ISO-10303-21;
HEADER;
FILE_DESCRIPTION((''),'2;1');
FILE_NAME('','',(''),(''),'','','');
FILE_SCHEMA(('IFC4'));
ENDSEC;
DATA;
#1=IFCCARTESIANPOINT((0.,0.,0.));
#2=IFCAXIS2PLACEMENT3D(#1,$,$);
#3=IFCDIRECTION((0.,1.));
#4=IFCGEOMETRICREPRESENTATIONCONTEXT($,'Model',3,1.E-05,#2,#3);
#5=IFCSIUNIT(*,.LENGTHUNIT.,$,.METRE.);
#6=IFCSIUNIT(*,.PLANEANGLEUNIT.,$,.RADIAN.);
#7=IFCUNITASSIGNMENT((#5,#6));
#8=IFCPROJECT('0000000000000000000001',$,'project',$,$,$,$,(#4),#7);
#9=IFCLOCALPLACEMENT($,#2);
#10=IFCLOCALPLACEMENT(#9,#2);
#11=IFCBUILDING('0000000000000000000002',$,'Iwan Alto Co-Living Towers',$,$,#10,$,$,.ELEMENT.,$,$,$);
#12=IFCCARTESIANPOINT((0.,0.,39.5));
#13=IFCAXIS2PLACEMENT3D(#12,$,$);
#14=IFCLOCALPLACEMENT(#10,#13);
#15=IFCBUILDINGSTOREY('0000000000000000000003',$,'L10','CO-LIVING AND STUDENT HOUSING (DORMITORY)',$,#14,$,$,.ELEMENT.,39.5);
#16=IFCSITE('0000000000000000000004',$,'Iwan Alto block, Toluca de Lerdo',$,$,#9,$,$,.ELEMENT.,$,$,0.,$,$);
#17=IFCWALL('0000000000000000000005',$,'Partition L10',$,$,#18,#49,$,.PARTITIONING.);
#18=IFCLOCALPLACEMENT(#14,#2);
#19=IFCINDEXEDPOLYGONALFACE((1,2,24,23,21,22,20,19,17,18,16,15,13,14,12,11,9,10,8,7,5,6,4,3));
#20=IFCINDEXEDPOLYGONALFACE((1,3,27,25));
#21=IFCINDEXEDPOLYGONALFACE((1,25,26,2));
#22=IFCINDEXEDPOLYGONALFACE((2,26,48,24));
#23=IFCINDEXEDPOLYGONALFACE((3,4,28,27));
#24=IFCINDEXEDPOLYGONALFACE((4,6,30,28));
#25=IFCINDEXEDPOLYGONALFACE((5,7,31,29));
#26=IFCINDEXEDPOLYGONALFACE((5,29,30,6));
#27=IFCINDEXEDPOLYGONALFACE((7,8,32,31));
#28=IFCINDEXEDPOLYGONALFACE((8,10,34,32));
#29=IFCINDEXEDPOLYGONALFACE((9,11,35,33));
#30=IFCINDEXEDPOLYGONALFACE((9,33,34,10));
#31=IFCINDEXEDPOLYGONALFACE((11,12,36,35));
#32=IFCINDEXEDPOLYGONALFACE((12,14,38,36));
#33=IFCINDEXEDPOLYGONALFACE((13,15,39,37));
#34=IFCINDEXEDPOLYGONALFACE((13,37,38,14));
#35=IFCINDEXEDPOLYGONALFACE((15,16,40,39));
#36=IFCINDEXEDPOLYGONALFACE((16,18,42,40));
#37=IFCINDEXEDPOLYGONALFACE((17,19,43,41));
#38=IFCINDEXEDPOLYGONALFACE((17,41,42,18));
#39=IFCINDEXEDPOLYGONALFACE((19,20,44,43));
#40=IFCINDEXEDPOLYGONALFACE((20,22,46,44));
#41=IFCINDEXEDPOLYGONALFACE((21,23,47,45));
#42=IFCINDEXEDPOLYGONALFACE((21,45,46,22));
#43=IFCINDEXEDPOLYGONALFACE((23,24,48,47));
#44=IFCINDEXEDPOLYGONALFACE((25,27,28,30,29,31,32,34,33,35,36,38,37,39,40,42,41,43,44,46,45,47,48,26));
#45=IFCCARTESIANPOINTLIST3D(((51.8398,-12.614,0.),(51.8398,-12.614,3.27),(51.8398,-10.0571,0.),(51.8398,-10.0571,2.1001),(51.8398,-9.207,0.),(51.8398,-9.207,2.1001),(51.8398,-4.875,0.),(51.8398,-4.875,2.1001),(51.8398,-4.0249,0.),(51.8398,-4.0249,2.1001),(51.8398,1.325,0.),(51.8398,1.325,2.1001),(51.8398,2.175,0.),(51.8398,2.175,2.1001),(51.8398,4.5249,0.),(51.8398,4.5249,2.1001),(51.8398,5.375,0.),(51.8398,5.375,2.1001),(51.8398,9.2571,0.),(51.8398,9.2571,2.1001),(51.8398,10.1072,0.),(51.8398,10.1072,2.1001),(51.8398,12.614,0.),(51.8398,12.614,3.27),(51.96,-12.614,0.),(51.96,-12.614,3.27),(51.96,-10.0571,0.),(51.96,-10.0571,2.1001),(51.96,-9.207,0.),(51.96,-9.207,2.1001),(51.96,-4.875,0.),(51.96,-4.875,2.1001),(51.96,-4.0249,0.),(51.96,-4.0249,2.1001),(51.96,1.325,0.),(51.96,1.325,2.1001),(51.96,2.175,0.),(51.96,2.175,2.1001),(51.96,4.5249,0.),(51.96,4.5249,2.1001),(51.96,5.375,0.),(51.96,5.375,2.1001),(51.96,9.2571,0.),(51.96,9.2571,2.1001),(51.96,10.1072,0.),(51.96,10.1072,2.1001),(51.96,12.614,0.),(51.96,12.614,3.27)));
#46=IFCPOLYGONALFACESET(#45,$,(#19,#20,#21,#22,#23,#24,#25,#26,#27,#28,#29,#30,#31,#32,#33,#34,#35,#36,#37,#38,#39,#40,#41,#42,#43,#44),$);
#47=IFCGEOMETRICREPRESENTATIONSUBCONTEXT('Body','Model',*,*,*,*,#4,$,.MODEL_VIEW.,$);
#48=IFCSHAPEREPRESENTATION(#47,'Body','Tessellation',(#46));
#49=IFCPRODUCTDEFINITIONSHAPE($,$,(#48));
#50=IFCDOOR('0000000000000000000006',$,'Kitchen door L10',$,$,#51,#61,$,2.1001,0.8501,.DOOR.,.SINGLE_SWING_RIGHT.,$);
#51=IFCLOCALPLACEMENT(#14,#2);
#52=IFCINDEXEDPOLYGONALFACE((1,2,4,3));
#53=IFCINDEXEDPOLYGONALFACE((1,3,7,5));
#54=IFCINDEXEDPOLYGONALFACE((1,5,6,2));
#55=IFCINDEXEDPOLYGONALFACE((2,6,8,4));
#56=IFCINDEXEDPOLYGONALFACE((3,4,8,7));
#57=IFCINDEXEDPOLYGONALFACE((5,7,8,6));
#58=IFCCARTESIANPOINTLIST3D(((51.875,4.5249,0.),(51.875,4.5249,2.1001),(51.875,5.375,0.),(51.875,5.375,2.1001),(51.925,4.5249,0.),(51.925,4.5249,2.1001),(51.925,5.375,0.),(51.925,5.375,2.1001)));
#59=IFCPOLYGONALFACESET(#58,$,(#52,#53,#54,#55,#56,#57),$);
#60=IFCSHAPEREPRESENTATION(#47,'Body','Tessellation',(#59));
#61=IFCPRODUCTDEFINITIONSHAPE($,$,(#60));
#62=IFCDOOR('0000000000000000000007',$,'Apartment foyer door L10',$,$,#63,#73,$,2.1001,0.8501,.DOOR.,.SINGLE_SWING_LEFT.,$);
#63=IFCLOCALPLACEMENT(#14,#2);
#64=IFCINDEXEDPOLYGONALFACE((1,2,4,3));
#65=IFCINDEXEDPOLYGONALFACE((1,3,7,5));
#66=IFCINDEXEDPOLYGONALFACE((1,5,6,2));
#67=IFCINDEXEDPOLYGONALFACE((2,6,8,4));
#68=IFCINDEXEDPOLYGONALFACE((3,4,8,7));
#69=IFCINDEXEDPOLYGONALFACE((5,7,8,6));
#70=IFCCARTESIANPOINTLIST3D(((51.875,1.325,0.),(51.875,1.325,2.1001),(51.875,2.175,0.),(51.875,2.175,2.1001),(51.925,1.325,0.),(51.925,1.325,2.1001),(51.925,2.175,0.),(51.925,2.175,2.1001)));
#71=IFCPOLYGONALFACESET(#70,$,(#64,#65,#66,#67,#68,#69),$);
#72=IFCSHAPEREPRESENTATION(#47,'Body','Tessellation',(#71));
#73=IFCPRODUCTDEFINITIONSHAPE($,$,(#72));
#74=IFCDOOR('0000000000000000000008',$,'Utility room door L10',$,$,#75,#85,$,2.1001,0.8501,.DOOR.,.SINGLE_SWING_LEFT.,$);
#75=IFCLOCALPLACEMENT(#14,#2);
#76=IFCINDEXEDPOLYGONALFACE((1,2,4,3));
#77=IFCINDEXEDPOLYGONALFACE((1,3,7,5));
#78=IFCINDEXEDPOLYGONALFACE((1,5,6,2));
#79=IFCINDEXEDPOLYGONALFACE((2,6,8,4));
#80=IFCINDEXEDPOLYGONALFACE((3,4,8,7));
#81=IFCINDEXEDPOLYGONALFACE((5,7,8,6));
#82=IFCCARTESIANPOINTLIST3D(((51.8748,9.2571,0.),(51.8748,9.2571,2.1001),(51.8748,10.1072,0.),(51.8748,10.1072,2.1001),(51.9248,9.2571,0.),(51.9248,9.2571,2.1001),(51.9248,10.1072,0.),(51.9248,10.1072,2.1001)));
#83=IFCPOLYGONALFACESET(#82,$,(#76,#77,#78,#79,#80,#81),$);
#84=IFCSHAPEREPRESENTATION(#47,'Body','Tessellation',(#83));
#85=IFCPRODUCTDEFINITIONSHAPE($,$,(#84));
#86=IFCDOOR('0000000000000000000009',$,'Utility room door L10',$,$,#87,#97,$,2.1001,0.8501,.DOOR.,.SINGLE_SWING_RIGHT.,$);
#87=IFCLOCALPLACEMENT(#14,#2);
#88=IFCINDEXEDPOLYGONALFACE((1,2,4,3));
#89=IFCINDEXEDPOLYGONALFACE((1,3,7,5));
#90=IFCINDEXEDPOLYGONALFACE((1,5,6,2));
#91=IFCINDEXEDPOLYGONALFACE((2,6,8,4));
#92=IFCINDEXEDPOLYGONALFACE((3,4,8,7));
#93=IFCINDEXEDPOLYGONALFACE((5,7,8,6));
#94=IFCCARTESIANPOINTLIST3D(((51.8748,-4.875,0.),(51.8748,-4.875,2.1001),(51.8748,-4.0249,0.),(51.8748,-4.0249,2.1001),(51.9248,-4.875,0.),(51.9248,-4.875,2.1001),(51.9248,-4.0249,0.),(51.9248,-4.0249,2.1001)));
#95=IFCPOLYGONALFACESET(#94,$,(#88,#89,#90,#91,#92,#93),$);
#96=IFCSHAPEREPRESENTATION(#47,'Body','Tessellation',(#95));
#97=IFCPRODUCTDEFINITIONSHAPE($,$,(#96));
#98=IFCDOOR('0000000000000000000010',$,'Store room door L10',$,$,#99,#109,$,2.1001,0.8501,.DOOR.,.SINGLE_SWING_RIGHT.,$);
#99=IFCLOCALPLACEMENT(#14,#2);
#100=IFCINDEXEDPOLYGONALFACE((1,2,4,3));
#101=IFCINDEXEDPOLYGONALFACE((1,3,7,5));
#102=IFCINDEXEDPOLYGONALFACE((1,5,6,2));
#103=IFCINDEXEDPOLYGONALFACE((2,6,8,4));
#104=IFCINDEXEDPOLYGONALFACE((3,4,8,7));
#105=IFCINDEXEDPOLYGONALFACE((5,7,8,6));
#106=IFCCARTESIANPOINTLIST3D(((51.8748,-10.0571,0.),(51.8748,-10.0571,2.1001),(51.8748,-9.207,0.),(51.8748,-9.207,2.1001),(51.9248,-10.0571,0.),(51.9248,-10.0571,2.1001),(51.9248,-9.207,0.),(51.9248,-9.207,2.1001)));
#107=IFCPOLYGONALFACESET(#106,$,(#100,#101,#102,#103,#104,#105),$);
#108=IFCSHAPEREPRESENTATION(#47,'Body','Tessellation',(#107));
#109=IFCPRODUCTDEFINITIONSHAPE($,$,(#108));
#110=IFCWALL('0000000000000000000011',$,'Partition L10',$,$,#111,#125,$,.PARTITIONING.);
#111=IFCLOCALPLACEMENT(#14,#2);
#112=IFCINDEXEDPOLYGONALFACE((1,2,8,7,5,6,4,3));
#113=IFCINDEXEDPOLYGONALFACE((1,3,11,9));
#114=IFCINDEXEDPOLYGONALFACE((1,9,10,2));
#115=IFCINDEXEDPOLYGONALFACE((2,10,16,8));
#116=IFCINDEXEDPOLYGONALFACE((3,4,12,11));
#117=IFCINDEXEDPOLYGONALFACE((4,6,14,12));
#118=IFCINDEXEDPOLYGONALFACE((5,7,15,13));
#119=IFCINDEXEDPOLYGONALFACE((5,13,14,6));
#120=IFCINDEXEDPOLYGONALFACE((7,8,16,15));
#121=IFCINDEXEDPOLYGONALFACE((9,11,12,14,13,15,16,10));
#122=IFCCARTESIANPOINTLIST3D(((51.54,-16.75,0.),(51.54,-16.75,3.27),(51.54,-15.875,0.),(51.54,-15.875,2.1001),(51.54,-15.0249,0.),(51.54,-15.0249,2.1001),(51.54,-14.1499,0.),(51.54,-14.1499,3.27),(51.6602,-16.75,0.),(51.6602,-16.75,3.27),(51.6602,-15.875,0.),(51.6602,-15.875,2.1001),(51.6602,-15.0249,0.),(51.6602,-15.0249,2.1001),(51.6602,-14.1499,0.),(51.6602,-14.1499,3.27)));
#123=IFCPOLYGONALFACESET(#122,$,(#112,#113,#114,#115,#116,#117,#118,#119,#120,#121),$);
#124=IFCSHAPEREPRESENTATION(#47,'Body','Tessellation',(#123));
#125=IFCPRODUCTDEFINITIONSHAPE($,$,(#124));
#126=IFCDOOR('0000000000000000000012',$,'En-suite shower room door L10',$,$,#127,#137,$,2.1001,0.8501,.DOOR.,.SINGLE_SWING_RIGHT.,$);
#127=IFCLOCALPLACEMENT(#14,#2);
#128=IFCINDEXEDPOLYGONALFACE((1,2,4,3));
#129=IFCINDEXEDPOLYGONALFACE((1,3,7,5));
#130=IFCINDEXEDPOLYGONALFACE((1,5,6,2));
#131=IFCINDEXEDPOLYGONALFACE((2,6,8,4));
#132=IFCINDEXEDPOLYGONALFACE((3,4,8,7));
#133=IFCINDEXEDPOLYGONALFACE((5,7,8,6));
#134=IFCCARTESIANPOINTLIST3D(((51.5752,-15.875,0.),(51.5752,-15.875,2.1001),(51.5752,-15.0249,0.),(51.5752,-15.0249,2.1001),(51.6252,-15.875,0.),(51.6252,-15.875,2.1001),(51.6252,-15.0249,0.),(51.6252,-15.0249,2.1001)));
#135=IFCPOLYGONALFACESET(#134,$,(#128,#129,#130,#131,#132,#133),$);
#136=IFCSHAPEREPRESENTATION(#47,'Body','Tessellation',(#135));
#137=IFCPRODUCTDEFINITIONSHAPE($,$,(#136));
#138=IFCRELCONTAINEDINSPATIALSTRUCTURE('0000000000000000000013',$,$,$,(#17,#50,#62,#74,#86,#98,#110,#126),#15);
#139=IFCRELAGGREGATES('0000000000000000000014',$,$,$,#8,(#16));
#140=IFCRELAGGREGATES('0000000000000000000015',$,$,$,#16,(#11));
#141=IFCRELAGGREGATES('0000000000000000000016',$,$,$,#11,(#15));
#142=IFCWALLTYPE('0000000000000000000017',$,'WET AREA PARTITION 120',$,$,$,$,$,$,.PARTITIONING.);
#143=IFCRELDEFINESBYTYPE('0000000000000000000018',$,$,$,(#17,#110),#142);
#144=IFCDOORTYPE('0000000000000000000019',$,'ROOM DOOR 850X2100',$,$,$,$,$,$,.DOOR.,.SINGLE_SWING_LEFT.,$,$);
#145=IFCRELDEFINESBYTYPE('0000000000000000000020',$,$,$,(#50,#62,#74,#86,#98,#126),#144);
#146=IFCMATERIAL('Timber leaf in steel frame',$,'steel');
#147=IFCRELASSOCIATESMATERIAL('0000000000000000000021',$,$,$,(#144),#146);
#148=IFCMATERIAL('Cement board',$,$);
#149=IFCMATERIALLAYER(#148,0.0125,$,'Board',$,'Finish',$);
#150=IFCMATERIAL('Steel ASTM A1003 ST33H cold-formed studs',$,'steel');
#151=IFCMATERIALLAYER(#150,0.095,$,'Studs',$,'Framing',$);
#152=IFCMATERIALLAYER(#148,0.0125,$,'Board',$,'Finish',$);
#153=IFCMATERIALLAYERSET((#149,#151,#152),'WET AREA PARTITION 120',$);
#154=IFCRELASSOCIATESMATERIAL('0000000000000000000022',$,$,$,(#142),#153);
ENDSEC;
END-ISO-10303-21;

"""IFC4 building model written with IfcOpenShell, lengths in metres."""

from ifc_helpers import new_model, si_unit, direction, frame, frame_2d, origin, place, context, subcontext, project, spatial, rectangle, extrude, material, layer, layer_set, type_object, element, fill, save


model = new_model("IFC4")

# Units and contexts
model_context = context("Model", 3, precision=1e-05, world=origin(), true_north=direction((0.0, 1.0)))
body_context = subcontext(model_context, "Body", "Model", "MODEL_VIEW")
ifc_project = project(units=[si_unit("LENGTHUNIT", "METRE"), si_unit("PLANEANGLEUNIT", "RADIAN")], contexts=[model_context])

# Site, building, storey
site_placement = place(None, origin())
site = spatial("IfcSite", under=ifc_project, at=site_placement, Name="Iwan Alto block, Toluca de Lerdo", CompositionType="ELEMENT", RefElevation=0.0)
building_placement = place(site_placement, origin())
building = spatial("IfcBuilding", under=site, at=building_placement, Name="Iwan Alto Co-Living Towers", CompositionType="ELEMENT")
storey_placement = place(building_placement, frame((0.0, 0.0, 39.5)))
storey = spatial("IfcBuildingStorey", under=building, at=storey_placement, Name="L10", Description="CO-LIVING AND STUDENT HOUSING (DORMITORY)", CompositionType="ELEMENT", Elevation=39.5)

# Shared definitions
ifc_material_1 = material(Name="Steel ASTM A1003 ST33H cold-formed studs", Category="steel")

# Shared definitions
ifc_material_2 = material(Name="Timber leaf in steel frame", Category="steel")
door_type = type_object("IfcDoorType", Name="ROOM DOOR 850X2100", OperationType="SINGLE_SWING_LEFT", PredefinedType="DOOR", material=ifc_material_2)

# Shared definitions
ifc_material_3 = material(Name="Cement board")
ifc_layer_1 = layer(ifc_material_3, 0.0125, Name="Board", Category="Finish")
ifc_layer_2 = layer(ifc_material_1, 0.095, Name="Studs", Category="Framing")
ifc_layer_3 = layer(ifc_material_3, 0.0125, Name="Board", Category="Finish")
ifc_layer_set_1 = layer_set([ifc_layer_1, ifc_layer_2, ifc_layer_3], Name="WET AREA PARTITION 120")
wall_type_1 = type_object("IfcWallType", Name="WET AREA PARTITION 120", PredefinedType="PARTITIONING", material=ifc_layer_set_1)

# Wall, openings, doors
wall_1_placement = place(storey_placement, frame((51.8999, -12.614, 0.0), z_axis=(0.0, 0.0, 1.0), x_axis=(0.0, 1.0, 0.0)))
wall_1 = element("IfcWall", 1, at=wall_1_placement, inside=storey, type_object=wall_type_1, Name="Partition L10", PredefinedType="PARTITIONING", context=body_context, shape_type="SweptSolid", body=[
    extrude(rectangle(XDim=25.228, YDim=0.1201, at=frame_2d((12.614, 0.0))), origin(), (0.0, 0.0, 1.0), 3.27),
])
opening_1_placement = place(wall_1_placement, frame((17.1389, 0.0, 0.0)))
opening_1 = element("IfcOpeningElement", 2, at=opening_1_placement, cuts=wall_1, PredefinedType="OPENING", context=body_context, shape_type="SweptSolid", body=[
    extrude(rectangle(XDim=0.8501, YDim=2.1001, at=frame_2d((0.425, 1.05))), frame((0.0, 0.0701, 0.0), z_axis=(0.0, -1.0, 0.0), x_axis=(1.0, 0.0, 0.0)), (0.0, 0.0, 1.0), 0.1401),
])
opening_2_placement = place(wall_1_placement, frame((13.939, 0.0, 0.0)))
opening_2 = element("IfcOpeningElement", 3, at=opening_2_placement, cuts=wall_1, PredefinedType="OPENING", context=body_context, shape_type="SweptSolid", body=[
    extrude(rectangle(XDim=0.8501, YDim=2.1001, at=frame_2d((0.425, 1.05))), frame((0.0, 0.0701, 0.0), z_axis=(0.0, -1.0, 0.0), x_axis=(1.0, 0.0, 0.0)), (0.0, 0.0, 1.0), 0.1401),
])
opening_3_placement = place(wall_1_placement, frame((21.8711, 0.0, 0.0)))
opening_3 = element("IfcOpeningElement", 4, at=opening_3_placement, cuts=wall_1, PredefinedType="OPENING", context=body_context, shape_type="SweptSolid", body=[
    extrude(rectangle(XDim=0.8501, YDim=2.1001, at=frame_2d((0.425, 1.05))), frame((0.0, 0.0701, 0.0), z_axis=(0.0, -1.0, 0.0), x_axis=(1.0, 0.0, 0.0)), (0.0, 0.0, 1.0), 0.1401),
])
opening_4_placement = place(wall_1_placement, frame((7.739, 0.0, 0.0)))
opening_4 = element("IfcOpeningElement", 5, at=opening_4_placement, cuts=wall_1, PredefinedType="OPENING", context=body_context, shape_type="SweptSolid", body=[
    extrude(rectangle(XDim=0.8501, YDim=2.1001, at=frame_2d((0.425, 1.05))), frame((0.0, 0.0701, 0.0), z_axis=(0.0, -1.0, 0.0), x_axis=(1.0, 0.0, 0.0)), (0.0, 0.0, 1.0), 0.1401),
])
opening_5_placement = place(wall_1_placement, frame((2.5569, 0.0, 0.0)))
opening_5 = element("IfcOpeningElement", 6, at=opening_5_placement, cuts=wall_1, PredefinedType="OPENING", context=body_context, shape_type="SweptSolid", body=[
    extrude(rectangle(XDim=0.8501, YDim=2.1001, at=frame_2d((0.425, 1.05))), frame((0.0, 0.0701, 0.0), z_axis=(0.0, -1.0, 0.0), x_axis=(1.0, 0.0, 0.0)), (0.0, 0.0, 1.0), 0.1401),
])
door_1_placement = place(opening_1_placement, origin())
door_1 = element("IfcDoor", 7, at=door_1_placement, inside=storey, type_object=door_type, Name="Kitchen door L10", OperationType="SINGLE_SWING_RIGHT", OverallHeight=2.1001, OverallWidth=0.8501, PredefinedType="DOOR", context=body_context, shape_type="SweptSolid", body=[
    extrude(rectangle(XDim=0.8501, YDim=2.1001, at=frame_2d((0.425, 1.05))), frame((0.0, 0.0249, 0.0), z_axis=(0.0, -1.0, 0.0), x_axis=(1.0, 0.0, 0.0)), (0.0, 0.0, 1.0), 0.05),
])
fill(opening_1, door_1)
door_2_placement = place(opening_2_placement, origin())
door_2 = element("IfcDoor", 8, at=door_2_placement, inside=storey, type_object=door_type, Name="Apartment foyer door L10", OperationType="SINGLE_SWING_LEFT", OverallHeight=2.1001, OverallWidth=0.8501, PredefinedType="DOOR", context=body_context, shape_type="SweptSolid", body=[
    extrude(rectangle(XDim=0.8501, YDim=2.1001, at=frame_2d((0.425, 1.05))), frame((0.0, 0.0249, 0.0), z_axis=(0.0, -1.0, 0.0), x_axis=(1.0, 0.0, 0.0)), (0.0, 0.0, 1.0), 0.05),
])
fill(opening_2, door_2)
door_3_placement = place(opening_3_placement, frame((0.8501, 0.0, 0.0), z_axis=(0.0, 0.0, 1.0), x_axis=(-1.0, 0.0, 0.0)))
door_3 = element("IfcDoor", 9, at=door_3_placement, inside=storey, type_object=door_type, Name="Utility room door L10", OperationType="SINGLE_SWING_LEFT", OverallHeight=2.1001, OverallWidth=0.8501, PredefinedType="DOOR", context=body_context, shape_type="SweptSolid", body=[
    extrude(rectangle(XDim=0.8501, YDim=2.1001, at=frame_2d((0.425, 1.05))), frame((0.0, 0.0249, 0.0), z_axis=(0.0, -1.0, 0.0), x_axis=(1.0, 0.0, 0.0)), (0.0, 0.0, 1.0), 0.05),
])
fill(opening_3, door_3)
door_4_placement = place(opening_4_placement, frame((0.8501, 0.0, 0.0), z_axis=(0.0, 0.0, 1.0), x_axis=(-1.0, 0.0, 0.0)))
door_4 = element("IfcDoor", 10, at=door_4_placement, inside=storey, type_object=door_type, Name="Utility room door L10", OperationType="SINGLE_SWING_RIGHT", OverallHeight=2.1001, OverallWidth=0.8501, PredefinedType="DOOR", context=body_context, shape_type="SweptSolid", body=[
    extrude(rectangle(XDim=0.8501, YDim=2.1001, at=frame_2d((0.425, 1.05))), frame((0.0, 0.0249, 0.0), z_axis=(0.0, -1.0, 0.0), x_axis=(1.0, 0.0, 0.0)), (0.0, 0.0, 1.0), 0.05),
])
fill(opening_4, door_4)
door_5_placement = place(opening_5_placement, frame((0.8501, 0.0, 0.0), z_axis=(0.0, 0.0, 1.0), x_axis=(-1.0, 0.0, 0.0)))
door_5 = element("IfcDoor", 11, at=door_5_placement, inside=storey, type_object=door_type, Name="Store room door L10", OperationType="SINGLE_SWING_RIGHT", OverallHeight=2.1001, OverallWidth=0.8501, PredefinedType="DOOR", context=body_context, shape_type="SweptSolid", body=[
    extrude(rectangle(XDim=0.8501, YDim=2.1001, at=frame_2d((0.425, 1.05))), frame((0.0, 0.0249, 0.0), z_axis=(0.0, -1.0, 0.0), x_axis=(1.0, 0.0, 0.0)), (0.0, 0.0, 1.0), 0.05),
])
fill(opening_5, door_5)

# Wall, opening, door
wall_2_placement = place(storey_placement, frame((51.6001, -16.75, 0.0), z_axis=(0.0, 0.0, 1.0), x_axis=(0.0, 1.0, 0.0)))
wall_2 = element("IfcWall", 12, at=wall_2_placement, inside=storey, type_object=wall_type_1, Name="Partition L10", PredefinedType="PARTITIONING", context=body_context, shape_type="SweptSolid", body=[
    extrude(rectangle(XDim=2.6001, YDim=0.1201, at=frame_2d((1.3, 0.0))), origin(), (0.0, 0.0, 1.0), 3.27),
])
opening_6_placement = place(wall_2_placement, frame((0.875, 0.0, 0.0)))
opening_6 = element("IfcOpeningElement", 13, at=opening_6_placement, cuts=wall_2, PredefinedType="OPENING", context=body_context, shape_type="SweptSolid", body=[
    extrude(rectangle(XDim=0.8501, YDim=2.1001, at=frame_2d((0.425, 1.05))), frame((0.0, 0.0701, 0.0), z_axis=(0.0, -1.0, 0.0), x_axis=(1.0, 0.0, 0.0)), (0.0, 0.0, 1.0), 0.1401),
])
door_6_placement = place(opening_6_placement, origin())
door_6 = element("IfcDoor", 14, at=door_6_placement, inside=storey, type_object=door_type, Name="En-suite shower room door L10", OperationType="SINGLE_SWING_RIGHT", OverallHeight=2.1001, OverallWidth=0.8501, PredefinedType="DOOR", context=body_context, shape_type="SweptSolid", body=[
    extrude(rectangle(XDim=0.8501, YDim=2.1001, at=frame_2d((0.425, 1.05))), frame((0.0, 0.0249, 0.0), z_axis=(0.0, -1.0, 0.0), x_axis=(1.0, 0.0, 0.0)), (0.0, 0.0, 1.0), 0.05),
])
fill(opening_6, door_6)

save(model, "model.ifc")
